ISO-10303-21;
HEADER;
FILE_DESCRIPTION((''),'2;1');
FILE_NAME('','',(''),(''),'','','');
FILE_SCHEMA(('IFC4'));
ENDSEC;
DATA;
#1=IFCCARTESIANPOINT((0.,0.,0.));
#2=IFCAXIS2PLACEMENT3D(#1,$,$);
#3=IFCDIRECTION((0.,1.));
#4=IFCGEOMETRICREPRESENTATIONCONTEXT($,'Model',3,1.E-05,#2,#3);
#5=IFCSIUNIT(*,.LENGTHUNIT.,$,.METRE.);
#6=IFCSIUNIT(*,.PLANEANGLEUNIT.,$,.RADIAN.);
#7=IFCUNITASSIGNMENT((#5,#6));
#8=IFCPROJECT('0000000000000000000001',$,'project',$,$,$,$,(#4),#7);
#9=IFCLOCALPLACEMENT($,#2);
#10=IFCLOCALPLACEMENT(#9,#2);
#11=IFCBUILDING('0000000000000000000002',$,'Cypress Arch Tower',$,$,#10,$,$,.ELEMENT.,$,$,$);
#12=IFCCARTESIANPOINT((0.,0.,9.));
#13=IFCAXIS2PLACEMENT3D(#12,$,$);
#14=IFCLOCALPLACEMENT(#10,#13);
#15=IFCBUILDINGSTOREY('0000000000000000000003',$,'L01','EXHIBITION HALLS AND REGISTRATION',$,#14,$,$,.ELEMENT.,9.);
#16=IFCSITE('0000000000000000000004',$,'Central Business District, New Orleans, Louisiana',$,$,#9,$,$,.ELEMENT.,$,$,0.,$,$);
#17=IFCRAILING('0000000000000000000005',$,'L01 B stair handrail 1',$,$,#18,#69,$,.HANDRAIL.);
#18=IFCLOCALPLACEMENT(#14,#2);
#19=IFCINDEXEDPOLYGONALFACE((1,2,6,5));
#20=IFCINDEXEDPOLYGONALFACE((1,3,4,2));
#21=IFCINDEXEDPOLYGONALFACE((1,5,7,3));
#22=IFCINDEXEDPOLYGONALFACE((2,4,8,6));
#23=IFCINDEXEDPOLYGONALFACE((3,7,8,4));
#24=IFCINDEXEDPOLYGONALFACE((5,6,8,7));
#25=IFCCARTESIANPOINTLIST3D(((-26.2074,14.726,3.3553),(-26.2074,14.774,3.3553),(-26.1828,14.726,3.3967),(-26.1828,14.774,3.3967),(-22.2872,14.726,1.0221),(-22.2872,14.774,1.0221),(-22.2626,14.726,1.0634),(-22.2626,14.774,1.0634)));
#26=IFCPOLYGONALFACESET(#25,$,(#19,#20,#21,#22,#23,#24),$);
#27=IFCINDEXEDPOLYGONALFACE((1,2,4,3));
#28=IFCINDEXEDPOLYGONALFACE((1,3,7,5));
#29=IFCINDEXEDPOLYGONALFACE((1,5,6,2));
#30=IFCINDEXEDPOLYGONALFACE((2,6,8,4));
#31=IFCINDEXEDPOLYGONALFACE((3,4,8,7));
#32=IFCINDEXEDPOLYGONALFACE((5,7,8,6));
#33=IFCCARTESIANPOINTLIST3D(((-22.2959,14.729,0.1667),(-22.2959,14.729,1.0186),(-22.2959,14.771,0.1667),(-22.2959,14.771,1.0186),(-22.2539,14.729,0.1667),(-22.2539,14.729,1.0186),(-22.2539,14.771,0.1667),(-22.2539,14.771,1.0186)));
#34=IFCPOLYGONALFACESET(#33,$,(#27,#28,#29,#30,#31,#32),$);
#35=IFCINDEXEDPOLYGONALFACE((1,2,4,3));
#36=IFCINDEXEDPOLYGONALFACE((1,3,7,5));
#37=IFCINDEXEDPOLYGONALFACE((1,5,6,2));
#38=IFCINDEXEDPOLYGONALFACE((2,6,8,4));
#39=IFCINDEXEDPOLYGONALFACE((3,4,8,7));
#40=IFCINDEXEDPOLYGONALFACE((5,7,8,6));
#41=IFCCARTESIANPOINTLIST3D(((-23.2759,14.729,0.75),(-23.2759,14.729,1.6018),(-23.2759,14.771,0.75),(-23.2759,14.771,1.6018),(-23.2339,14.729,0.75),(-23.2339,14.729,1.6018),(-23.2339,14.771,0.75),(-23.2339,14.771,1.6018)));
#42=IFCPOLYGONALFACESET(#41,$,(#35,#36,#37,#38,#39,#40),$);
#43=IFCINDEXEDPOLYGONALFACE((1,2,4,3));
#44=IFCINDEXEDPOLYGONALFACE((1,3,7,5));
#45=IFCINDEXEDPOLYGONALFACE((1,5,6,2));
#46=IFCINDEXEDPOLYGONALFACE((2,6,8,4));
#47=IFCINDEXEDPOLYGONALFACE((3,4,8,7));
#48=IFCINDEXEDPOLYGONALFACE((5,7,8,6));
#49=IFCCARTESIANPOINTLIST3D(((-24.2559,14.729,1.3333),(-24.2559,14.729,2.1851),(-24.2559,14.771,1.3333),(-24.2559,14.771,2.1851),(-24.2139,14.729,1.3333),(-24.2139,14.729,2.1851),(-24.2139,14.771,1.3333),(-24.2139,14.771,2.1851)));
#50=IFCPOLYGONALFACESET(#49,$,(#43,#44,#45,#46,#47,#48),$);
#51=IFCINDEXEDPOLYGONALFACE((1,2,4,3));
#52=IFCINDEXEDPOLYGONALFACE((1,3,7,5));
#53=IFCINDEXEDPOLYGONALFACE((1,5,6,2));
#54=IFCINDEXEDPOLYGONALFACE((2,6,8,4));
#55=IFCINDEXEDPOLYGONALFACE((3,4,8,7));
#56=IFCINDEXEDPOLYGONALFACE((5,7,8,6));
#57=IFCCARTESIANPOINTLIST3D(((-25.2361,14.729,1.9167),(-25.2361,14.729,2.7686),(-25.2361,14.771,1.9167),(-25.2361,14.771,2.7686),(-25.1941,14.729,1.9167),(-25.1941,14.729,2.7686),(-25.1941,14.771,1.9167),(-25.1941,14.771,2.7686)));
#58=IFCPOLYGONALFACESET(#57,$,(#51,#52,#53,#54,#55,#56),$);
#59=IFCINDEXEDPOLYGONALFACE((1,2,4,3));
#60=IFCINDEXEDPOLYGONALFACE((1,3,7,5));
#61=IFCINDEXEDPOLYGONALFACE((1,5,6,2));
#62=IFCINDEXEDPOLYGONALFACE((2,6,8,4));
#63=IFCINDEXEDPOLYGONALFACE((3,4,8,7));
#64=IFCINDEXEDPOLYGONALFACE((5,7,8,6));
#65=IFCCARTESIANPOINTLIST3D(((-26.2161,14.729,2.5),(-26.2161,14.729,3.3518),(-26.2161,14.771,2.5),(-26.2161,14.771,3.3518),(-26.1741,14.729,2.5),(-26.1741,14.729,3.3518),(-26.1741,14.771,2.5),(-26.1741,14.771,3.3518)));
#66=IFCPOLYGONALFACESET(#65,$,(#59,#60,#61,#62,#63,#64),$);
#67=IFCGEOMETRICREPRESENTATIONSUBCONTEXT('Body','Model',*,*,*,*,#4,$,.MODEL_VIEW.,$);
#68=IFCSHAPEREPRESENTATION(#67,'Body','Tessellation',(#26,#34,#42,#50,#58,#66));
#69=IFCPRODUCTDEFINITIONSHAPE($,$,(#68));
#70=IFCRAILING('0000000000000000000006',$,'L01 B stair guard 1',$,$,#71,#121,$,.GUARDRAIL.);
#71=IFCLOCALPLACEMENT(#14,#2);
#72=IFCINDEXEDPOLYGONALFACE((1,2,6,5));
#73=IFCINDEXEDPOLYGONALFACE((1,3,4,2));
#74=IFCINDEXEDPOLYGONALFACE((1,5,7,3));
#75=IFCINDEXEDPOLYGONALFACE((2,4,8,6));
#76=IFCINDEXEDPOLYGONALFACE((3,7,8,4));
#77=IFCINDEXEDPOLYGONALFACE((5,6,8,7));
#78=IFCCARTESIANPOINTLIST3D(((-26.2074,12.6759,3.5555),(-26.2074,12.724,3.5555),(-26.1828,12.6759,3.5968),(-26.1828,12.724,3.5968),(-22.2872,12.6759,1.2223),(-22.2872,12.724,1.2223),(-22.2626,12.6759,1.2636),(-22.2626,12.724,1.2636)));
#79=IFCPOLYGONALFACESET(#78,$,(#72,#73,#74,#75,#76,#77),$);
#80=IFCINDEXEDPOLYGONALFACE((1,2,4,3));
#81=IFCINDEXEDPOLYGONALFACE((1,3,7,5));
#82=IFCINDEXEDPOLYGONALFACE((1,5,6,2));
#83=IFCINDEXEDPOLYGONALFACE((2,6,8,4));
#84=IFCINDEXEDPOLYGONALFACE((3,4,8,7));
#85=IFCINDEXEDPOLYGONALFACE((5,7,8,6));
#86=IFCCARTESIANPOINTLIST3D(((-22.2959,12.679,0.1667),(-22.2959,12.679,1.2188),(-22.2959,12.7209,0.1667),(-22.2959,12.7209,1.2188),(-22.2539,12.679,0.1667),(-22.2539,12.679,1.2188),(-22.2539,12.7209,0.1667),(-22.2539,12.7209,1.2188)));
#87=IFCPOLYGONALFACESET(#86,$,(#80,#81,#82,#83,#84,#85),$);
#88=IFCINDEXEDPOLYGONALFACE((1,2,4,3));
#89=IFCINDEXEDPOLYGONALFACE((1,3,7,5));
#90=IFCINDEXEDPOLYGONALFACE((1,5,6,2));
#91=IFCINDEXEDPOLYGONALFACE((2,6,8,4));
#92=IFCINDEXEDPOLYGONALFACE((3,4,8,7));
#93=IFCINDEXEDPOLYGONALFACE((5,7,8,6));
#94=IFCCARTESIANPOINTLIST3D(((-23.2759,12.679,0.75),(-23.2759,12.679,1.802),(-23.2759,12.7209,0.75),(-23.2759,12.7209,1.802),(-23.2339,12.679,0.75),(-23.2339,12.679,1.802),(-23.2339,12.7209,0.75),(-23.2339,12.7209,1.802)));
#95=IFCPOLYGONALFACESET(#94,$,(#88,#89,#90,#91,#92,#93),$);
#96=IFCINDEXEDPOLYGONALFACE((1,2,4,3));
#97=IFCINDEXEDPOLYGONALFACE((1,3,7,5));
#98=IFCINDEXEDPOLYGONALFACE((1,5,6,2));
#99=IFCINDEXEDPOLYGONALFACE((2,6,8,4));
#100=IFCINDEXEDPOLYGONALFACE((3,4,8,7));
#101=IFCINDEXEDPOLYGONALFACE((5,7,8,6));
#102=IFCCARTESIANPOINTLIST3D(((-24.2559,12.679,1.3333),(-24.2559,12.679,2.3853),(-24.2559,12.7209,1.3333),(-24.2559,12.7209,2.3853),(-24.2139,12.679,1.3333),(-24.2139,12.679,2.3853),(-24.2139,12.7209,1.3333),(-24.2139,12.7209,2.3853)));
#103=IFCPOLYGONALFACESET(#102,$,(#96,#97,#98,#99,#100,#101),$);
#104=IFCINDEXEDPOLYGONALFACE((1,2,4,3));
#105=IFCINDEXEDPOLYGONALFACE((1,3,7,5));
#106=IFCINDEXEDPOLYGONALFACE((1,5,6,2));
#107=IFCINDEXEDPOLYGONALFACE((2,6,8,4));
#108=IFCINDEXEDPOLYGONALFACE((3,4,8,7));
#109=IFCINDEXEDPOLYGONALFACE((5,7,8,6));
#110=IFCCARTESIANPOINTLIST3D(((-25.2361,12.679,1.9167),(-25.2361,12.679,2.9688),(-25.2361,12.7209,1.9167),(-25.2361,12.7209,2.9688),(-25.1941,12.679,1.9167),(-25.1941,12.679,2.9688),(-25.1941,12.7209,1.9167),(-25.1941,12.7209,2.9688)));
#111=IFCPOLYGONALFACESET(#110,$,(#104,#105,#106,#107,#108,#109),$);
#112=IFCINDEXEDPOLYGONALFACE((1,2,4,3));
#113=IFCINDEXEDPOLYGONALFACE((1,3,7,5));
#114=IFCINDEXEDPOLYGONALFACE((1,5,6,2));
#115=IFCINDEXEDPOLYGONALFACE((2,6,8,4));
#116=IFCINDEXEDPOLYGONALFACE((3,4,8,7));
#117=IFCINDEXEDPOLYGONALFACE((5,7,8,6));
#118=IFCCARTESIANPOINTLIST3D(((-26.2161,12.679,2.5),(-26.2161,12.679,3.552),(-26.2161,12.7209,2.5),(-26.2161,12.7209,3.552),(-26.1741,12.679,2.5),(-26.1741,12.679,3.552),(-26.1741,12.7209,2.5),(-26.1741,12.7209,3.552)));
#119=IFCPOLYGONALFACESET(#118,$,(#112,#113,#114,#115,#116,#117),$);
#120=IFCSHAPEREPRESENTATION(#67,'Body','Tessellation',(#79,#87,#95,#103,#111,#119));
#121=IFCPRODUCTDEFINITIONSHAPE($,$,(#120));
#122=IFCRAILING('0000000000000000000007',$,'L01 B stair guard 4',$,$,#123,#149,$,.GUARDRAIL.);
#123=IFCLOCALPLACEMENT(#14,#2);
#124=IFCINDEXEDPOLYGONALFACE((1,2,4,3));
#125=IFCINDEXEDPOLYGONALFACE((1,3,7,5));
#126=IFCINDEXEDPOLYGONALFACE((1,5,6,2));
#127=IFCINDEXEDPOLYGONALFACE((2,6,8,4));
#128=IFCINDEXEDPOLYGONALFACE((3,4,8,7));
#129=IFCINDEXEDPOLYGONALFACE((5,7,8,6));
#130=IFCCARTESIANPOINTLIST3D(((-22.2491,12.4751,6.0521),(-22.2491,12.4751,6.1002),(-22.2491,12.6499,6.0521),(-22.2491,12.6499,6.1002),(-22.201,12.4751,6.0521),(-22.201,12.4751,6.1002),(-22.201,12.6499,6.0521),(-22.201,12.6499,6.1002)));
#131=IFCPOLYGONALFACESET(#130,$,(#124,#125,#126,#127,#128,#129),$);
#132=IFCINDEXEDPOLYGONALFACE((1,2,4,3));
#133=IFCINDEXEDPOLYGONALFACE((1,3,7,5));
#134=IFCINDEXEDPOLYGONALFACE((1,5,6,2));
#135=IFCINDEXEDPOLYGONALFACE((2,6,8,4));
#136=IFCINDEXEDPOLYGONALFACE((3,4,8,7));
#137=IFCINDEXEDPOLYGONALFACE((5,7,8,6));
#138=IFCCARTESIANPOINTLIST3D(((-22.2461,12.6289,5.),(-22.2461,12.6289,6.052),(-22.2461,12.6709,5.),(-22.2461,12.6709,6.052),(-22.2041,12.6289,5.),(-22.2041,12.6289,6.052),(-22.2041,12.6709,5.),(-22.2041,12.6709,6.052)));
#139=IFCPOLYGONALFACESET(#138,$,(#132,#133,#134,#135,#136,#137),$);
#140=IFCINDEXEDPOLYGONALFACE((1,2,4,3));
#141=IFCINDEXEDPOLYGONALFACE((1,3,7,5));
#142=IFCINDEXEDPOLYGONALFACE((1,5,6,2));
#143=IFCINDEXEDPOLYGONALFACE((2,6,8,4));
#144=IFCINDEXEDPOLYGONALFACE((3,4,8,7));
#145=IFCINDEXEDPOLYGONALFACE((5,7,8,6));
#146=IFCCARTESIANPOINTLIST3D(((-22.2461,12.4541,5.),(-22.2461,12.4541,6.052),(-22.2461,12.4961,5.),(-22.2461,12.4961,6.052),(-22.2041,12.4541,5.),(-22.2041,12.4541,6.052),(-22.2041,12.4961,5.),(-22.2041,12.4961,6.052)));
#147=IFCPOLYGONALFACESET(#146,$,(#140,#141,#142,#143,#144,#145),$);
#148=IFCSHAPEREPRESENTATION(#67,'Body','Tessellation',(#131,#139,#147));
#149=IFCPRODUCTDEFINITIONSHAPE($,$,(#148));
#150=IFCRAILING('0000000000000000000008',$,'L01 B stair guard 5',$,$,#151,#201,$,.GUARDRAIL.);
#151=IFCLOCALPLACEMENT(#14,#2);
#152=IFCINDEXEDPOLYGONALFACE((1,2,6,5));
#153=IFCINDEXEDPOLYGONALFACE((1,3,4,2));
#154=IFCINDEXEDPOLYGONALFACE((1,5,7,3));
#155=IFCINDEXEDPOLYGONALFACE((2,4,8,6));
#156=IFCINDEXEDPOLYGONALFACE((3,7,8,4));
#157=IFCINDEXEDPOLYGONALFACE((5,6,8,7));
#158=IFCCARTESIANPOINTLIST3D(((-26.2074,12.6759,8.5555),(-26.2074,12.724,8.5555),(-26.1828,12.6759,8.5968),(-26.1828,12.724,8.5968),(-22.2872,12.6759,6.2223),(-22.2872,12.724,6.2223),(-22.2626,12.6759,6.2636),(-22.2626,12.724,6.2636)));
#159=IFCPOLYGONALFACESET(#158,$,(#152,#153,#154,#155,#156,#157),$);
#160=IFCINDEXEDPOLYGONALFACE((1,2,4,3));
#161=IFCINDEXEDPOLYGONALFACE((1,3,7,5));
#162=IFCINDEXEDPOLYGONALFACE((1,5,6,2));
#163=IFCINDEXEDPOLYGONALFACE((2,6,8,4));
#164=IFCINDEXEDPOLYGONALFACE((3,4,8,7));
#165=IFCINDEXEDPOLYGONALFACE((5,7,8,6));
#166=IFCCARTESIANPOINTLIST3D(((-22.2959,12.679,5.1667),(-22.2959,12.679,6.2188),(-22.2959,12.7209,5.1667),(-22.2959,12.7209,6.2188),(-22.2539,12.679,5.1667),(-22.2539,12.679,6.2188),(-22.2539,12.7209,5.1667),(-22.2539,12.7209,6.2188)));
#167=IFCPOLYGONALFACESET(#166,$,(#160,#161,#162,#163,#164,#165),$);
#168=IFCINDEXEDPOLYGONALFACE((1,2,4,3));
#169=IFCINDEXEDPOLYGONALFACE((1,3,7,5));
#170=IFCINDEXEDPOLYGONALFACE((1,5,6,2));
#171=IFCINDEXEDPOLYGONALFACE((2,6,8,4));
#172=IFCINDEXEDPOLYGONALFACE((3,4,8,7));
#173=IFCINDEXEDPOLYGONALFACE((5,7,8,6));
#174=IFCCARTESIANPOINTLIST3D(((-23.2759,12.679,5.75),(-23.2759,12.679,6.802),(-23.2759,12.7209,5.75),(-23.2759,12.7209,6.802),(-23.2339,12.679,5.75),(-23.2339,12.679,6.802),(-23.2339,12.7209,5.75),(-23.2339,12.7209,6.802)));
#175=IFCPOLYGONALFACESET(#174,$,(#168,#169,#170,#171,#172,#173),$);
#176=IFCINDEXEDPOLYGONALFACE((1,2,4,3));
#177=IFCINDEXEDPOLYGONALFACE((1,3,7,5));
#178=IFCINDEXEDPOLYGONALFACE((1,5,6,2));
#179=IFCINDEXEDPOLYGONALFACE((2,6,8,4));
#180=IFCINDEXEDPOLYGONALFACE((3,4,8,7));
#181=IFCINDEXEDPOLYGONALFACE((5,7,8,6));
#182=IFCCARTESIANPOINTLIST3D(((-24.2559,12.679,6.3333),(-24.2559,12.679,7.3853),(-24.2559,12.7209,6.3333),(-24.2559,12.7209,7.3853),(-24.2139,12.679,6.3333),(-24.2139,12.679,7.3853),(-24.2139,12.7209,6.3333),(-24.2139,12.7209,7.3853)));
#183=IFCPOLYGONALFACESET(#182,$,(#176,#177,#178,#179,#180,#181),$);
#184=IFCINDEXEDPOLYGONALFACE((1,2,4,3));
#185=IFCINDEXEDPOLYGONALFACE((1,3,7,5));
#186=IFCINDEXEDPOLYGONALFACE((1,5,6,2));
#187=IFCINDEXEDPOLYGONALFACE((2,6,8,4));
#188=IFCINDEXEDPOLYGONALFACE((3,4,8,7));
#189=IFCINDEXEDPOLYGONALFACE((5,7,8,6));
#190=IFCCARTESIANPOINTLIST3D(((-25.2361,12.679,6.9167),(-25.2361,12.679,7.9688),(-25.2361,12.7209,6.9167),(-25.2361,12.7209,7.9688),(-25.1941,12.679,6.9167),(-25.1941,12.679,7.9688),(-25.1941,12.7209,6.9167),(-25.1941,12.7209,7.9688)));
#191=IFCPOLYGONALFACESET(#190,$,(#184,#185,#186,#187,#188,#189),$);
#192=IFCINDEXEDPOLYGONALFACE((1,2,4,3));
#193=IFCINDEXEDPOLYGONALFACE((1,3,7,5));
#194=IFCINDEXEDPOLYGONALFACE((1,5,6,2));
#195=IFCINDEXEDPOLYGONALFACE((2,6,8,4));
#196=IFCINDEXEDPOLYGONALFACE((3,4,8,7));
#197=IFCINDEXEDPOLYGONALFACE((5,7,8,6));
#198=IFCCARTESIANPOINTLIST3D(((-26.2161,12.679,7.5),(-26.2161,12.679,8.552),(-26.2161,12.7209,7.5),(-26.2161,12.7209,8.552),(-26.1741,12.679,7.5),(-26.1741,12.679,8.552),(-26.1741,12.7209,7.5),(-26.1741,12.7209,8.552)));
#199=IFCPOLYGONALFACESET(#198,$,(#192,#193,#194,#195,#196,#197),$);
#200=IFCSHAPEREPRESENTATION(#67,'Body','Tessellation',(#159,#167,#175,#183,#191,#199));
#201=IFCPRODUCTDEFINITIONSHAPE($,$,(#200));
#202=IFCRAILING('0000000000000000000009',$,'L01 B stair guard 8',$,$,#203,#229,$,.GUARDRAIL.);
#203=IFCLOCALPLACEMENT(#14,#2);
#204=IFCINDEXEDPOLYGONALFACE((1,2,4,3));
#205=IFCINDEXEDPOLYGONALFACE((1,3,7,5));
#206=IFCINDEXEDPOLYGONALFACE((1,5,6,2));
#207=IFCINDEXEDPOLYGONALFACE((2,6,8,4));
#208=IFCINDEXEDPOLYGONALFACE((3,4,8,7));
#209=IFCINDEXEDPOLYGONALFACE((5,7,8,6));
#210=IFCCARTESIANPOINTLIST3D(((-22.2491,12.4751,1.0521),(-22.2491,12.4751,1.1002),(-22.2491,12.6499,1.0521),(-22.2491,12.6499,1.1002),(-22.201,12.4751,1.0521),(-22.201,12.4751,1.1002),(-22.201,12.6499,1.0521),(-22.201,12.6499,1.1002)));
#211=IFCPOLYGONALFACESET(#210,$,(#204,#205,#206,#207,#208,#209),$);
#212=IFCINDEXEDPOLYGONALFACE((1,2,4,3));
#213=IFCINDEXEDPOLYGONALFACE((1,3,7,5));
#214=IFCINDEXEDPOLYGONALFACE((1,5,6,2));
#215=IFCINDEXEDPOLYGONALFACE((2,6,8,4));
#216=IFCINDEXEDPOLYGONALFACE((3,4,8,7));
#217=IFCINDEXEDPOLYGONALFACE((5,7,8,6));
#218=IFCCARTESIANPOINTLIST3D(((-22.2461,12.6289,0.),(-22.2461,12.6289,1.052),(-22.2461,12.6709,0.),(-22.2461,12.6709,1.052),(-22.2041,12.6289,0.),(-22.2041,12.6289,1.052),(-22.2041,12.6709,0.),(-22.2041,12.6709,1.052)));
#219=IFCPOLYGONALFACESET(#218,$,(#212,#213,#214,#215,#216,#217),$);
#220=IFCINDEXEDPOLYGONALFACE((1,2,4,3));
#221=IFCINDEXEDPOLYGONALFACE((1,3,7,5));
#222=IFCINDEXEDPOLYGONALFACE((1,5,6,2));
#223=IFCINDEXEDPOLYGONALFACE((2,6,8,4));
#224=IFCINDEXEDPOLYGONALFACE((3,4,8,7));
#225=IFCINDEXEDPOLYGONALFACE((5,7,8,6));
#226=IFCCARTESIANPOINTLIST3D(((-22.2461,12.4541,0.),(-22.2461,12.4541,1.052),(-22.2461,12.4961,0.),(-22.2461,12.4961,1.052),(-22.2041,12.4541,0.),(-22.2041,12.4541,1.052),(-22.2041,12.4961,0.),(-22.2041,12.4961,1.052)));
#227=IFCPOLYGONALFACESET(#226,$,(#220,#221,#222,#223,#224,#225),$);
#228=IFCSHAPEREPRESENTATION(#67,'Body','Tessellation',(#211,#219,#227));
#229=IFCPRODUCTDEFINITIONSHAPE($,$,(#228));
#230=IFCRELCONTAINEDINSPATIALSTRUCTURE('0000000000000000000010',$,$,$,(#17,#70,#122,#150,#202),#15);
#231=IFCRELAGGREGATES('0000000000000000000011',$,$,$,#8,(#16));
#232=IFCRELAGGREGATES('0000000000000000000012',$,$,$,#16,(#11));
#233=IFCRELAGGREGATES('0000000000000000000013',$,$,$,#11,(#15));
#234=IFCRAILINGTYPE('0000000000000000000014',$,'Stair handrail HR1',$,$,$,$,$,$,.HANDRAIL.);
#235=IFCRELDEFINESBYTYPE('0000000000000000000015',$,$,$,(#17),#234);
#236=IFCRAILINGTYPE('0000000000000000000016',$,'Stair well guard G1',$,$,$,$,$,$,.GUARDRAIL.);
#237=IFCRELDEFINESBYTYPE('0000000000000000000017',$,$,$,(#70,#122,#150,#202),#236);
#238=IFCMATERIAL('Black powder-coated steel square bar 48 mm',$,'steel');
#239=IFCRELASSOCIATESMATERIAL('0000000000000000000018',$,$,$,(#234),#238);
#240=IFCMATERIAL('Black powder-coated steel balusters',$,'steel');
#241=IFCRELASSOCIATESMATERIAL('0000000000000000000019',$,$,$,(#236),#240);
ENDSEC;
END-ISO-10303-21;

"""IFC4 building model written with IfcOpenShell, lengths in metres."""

from ifc_helpers import new_model, si_unit, direction, frame, origin, origin_2d, place, context, subcontext, project, spatial, rectangle, extrude, material, type_object, element, save


model = new_model("IFC4")

# Units and contexts
model_context = context("Model", 3, precision=1e-05, world=origin(), true_north=direction((0.0, 1.0)))
body_context = subcontext(model_context, "Body", "Model", "MODEL_VIEW")
ifc_project = project(units=[si_unit("LENGTHUNIT", "METRE"), si_unit("PLANEANGLEUNIT", "RADIAN")], contexts=[model_context])

# Site, building, storey
site_placement = place(None, origin())
site = spatial("IfcSite", under=ifc_project, at=site_placement, Name="Central Business District, New Orleans, Louisiana", CompositionType="ELEMENT", RefElevation=0.0)
building_placement = place(site_placement, origin())
building = spatial("IfcBuilding", under=site, at=building_placement, Name="Cypress Arch Tower", CompositionType="ELEMENT")
storey_placement = place(building_placement, frame((0.0, 0.0, 9.0)))
storey = spatial("IfcBuildingStorey", under=building, at=storey_placement, Name="L01", Description="EXHIBITION HALLS AND REGISTRATION", CompositionType="ELEMENT", Elevation=9.0)

# Railings
ifc_material_1 = material(Name="Black powder-coated steel square bar 48 mm", Category="steel")
railing_type_1 = type_object("IfcRailingType", Name="Stair handrail HR1", PredefinedType="HANDRAIL", material=ifc_material_1)
railing_1_placement = place(storey_placement, frame((-22.2749, 14.75, 0.1667)))
element("IfcRailing", 1, at=railing_1_placement, inside=storey, type_object=railing_type_1, Name="L01 B stair handrail 1", PredefinedType="HANDRAIL", context=body_context, shape_type="SweptSolid", body=[
    extrude(rectangle(XDim=0.0481, YDim=0.0481, at=origin_2d()), frame((0.0, 0.0, 0.876), z_axis=(-0.85931, 0.0, 0.511455), x_axis=(0.0, -1.0, 0.0)), (0.0, 0.0, 1.0), 4.562),
    extrude(rectangle(XDim=0.042, YDim=0.042, at=origin_2d()), origin(), (0.0, 0.0, 1.0), 0.8518),
    extrude(rectangle(XDim=0.042, YDim=0.042, at=origin_2d()), frame((-0.98, 0.0, 0.5833)), (0.0, 0.0, 1.0), 0.8518),
    extrude(rectangle(XDim=0.042, YDim=0.042, at=origin_2d()), frame((-1.96, 0.0, 1.1665)), (0.0, 0.0, 1.0), 0.8518),
    extrude(rectangle(XDim=0.042, YDim=0.042, at=origin_2d()), frame((-2.9402, 0.0, 1.75)), (0.0, 0.0, 1.0), 0.8518),
    extrude(rectangle(XDim=0.042, YDim=0.042, at=origin_2d()), frame((-3.9202, 0.0, 2.3333)), (0.0, 0.0, 1.0), 0.8518),
])
ifc_material_2 = material(Name="Black powder-coated steel balusters", Category="steel")
railing_type_2 = type_object("IfcRailingType", Name="Stair well guard G1", PredefinedType="GUARDRAIL", material=ifc_material_2)
railing_2_placement = place(storey_placement, frame((-22.2749, 12.7, 0.1667)))
element("IfcRailing", 2, at=railing_2_placement, inside=storey, type_object=railing_type_2, Name="L01 B stair guard 1", PredefinedType="GUARDRAIL", context=body_context, shape_type="SweptSolid", body=[
    extrude(rectangle(XDim=0.0481, YDim=0.0481, at=origin_2d()), frame((0.0, 0.0, 1.0762), z_axis=(-0.85931, 0.0, 0.511455), x_axis=(0.0, -1.0, 0.0)), (0.0, 0.0, 1.0), 4.562),
    extrude(rectangle(XDim=0.042, YDim=0.042, at=origin_2d()), origin(), (0.0, 0.0, 1.0), 1.052),
    extrude(rectangle(XDim=0.042, YDim=0.042, at=origin_2d()), frame((-0.98, 0.0, 0.5833)), (0.0, 0.0, 1.0), 1.052),
    extrude(rectangle(XDim=0.042, YDim=0.042, at=origin_2d()), frame((-1.96, 0.0, 1.1665)), (0.0, 0.0, 1.0), 1.052),
    extrude(rectangle(XDim=0.042, YDim=0.042, at=origin_2d()), frame((-2.9402, 0.0, 1.75)), (0.0, 0.0, 1.0), 1.052),
    extrude(rectangle(XDim=0.042, YDim=0.042, at=origin_2d()), frame((-3.9202, 0.0, 2.3333)), (0.0, 0.0, 1.0), 1.052),
])
railing_3_placement = place(storey_placement, frame((-22.2251, 12.6499, 5.0)))
element("IfcRailing", 3, at=railing_3_placement, inside=storey, type_object=railing_type_2, Name="L01 B stair guard 4", PredefinedType="GUARDRAIL", context=body_context, shape_type="SweptSolid", body=[
    extrude(rectangle(XDim=0.0481, YDim=0.0481, at=origin_2d()), frame((0.0, 0.0, 1.0762), z_axis=(0.0, -1.0, 0.0), x_axis=(1.0, 0.0, 0.0)), (0.0, 0.0, 1.0), 0.1748),
    extrude(rectangle(XDim=0.042, YDim=0.042, at=origin_2d()), origin(), (0.0, 0.0, 1.0), 1.052),
    extrude(rectangle(XDim=0.042, YDim=0.042, at=origin_2d()), frame((0.0, -0.1748, 0.0)), (0.0, 0.0, 1.0), 1.052),
])
railing_4_placement = place(storey_placement, frame((-22.2749, 12.7, 5.1667)))
element("IfcRailing", 4, at=railing_4_placement, inside=storey, type_object=railing_type_2, Name="L01 B stair guard 5", PredefinedType="GUARDRAIL", context=body_context, shape_type="SweptSolid", body=[
    extrude(rectangle(XDim=0.0481, YDim=0.0481, at=origin_2d()), frame((0.0, 0.0, 1.0762), z_axis=(-0.85931, 0.0, 0.511455), x_axis=(0.0, -1.0, 0.0)), (0.0, 0.0, 1.0), 4.562),
    extrude(rectangle(XDim=0.042, YDim=0.042, at=origin_2d()), origin(), (0.0, 0.0, 1.0), 1.052),
    extrude(rectangle(XDim=0.042, YDim=0.042, at=origin_2d()), frame((-0.98, 0.0, 0.5833)), (0.0, 0.0, 1.0), 1.052),
    extrude(rectangle(XDim=0.042, YDim=0.042, at=origin_2d()), frame((-1.96, 0.0, 1.1665)), (0.0, 0.0, 1.0), 1.052),
    extrude(rectangle(XDim=0.042, YDim=0.042, at=origin_2d()), frame((-2.9402, 0.0, 1.75)), (0.0, 0.0, 1.0), 1.052),
    extrude(rectangle(XDim=0.042, YDim=0.042, at=origin_2d()), frame((-3.9202, 0.0, 2.3333)), (0.0, 0.0, 1.0), 1.052),
])
railing_5_placement = place(storey_placement, frame((-22.2251, 12.6499, 0.0)))
element("IfcRailing", 5, at=railing_5_placement, inside=storey, type_object=railing_type_2, Name="L01 B stair guard 8", PredefinedType="GUARDRAIL", context=body_context, shape_type="SweptSolid", body=[
    extrude(rectangle(XDim=0.0481, YDim=0.0481, at=origin_2d()), frame((0.0, 0.0, 1.0762), z_axis=(0.0, -1.0, 0.0), x_axis=(1.0, 0.0, 0.0)), (0.0, 0.0, 1.0), 0.1748),
    extrude(rectangle(XDim=0.042, YDim=0.042, at=origin_2d()), origin(), (0.0, 0.0, 1.0), 1.052),
    extrude(rectangle(XDim=0.042, YDim=0.042, at=origin_2d()), frame((0.0, -0.1748, 0.0)), (0.0, 0.0, 1.0), 1.052),
])

save(model, "model.ifc")
